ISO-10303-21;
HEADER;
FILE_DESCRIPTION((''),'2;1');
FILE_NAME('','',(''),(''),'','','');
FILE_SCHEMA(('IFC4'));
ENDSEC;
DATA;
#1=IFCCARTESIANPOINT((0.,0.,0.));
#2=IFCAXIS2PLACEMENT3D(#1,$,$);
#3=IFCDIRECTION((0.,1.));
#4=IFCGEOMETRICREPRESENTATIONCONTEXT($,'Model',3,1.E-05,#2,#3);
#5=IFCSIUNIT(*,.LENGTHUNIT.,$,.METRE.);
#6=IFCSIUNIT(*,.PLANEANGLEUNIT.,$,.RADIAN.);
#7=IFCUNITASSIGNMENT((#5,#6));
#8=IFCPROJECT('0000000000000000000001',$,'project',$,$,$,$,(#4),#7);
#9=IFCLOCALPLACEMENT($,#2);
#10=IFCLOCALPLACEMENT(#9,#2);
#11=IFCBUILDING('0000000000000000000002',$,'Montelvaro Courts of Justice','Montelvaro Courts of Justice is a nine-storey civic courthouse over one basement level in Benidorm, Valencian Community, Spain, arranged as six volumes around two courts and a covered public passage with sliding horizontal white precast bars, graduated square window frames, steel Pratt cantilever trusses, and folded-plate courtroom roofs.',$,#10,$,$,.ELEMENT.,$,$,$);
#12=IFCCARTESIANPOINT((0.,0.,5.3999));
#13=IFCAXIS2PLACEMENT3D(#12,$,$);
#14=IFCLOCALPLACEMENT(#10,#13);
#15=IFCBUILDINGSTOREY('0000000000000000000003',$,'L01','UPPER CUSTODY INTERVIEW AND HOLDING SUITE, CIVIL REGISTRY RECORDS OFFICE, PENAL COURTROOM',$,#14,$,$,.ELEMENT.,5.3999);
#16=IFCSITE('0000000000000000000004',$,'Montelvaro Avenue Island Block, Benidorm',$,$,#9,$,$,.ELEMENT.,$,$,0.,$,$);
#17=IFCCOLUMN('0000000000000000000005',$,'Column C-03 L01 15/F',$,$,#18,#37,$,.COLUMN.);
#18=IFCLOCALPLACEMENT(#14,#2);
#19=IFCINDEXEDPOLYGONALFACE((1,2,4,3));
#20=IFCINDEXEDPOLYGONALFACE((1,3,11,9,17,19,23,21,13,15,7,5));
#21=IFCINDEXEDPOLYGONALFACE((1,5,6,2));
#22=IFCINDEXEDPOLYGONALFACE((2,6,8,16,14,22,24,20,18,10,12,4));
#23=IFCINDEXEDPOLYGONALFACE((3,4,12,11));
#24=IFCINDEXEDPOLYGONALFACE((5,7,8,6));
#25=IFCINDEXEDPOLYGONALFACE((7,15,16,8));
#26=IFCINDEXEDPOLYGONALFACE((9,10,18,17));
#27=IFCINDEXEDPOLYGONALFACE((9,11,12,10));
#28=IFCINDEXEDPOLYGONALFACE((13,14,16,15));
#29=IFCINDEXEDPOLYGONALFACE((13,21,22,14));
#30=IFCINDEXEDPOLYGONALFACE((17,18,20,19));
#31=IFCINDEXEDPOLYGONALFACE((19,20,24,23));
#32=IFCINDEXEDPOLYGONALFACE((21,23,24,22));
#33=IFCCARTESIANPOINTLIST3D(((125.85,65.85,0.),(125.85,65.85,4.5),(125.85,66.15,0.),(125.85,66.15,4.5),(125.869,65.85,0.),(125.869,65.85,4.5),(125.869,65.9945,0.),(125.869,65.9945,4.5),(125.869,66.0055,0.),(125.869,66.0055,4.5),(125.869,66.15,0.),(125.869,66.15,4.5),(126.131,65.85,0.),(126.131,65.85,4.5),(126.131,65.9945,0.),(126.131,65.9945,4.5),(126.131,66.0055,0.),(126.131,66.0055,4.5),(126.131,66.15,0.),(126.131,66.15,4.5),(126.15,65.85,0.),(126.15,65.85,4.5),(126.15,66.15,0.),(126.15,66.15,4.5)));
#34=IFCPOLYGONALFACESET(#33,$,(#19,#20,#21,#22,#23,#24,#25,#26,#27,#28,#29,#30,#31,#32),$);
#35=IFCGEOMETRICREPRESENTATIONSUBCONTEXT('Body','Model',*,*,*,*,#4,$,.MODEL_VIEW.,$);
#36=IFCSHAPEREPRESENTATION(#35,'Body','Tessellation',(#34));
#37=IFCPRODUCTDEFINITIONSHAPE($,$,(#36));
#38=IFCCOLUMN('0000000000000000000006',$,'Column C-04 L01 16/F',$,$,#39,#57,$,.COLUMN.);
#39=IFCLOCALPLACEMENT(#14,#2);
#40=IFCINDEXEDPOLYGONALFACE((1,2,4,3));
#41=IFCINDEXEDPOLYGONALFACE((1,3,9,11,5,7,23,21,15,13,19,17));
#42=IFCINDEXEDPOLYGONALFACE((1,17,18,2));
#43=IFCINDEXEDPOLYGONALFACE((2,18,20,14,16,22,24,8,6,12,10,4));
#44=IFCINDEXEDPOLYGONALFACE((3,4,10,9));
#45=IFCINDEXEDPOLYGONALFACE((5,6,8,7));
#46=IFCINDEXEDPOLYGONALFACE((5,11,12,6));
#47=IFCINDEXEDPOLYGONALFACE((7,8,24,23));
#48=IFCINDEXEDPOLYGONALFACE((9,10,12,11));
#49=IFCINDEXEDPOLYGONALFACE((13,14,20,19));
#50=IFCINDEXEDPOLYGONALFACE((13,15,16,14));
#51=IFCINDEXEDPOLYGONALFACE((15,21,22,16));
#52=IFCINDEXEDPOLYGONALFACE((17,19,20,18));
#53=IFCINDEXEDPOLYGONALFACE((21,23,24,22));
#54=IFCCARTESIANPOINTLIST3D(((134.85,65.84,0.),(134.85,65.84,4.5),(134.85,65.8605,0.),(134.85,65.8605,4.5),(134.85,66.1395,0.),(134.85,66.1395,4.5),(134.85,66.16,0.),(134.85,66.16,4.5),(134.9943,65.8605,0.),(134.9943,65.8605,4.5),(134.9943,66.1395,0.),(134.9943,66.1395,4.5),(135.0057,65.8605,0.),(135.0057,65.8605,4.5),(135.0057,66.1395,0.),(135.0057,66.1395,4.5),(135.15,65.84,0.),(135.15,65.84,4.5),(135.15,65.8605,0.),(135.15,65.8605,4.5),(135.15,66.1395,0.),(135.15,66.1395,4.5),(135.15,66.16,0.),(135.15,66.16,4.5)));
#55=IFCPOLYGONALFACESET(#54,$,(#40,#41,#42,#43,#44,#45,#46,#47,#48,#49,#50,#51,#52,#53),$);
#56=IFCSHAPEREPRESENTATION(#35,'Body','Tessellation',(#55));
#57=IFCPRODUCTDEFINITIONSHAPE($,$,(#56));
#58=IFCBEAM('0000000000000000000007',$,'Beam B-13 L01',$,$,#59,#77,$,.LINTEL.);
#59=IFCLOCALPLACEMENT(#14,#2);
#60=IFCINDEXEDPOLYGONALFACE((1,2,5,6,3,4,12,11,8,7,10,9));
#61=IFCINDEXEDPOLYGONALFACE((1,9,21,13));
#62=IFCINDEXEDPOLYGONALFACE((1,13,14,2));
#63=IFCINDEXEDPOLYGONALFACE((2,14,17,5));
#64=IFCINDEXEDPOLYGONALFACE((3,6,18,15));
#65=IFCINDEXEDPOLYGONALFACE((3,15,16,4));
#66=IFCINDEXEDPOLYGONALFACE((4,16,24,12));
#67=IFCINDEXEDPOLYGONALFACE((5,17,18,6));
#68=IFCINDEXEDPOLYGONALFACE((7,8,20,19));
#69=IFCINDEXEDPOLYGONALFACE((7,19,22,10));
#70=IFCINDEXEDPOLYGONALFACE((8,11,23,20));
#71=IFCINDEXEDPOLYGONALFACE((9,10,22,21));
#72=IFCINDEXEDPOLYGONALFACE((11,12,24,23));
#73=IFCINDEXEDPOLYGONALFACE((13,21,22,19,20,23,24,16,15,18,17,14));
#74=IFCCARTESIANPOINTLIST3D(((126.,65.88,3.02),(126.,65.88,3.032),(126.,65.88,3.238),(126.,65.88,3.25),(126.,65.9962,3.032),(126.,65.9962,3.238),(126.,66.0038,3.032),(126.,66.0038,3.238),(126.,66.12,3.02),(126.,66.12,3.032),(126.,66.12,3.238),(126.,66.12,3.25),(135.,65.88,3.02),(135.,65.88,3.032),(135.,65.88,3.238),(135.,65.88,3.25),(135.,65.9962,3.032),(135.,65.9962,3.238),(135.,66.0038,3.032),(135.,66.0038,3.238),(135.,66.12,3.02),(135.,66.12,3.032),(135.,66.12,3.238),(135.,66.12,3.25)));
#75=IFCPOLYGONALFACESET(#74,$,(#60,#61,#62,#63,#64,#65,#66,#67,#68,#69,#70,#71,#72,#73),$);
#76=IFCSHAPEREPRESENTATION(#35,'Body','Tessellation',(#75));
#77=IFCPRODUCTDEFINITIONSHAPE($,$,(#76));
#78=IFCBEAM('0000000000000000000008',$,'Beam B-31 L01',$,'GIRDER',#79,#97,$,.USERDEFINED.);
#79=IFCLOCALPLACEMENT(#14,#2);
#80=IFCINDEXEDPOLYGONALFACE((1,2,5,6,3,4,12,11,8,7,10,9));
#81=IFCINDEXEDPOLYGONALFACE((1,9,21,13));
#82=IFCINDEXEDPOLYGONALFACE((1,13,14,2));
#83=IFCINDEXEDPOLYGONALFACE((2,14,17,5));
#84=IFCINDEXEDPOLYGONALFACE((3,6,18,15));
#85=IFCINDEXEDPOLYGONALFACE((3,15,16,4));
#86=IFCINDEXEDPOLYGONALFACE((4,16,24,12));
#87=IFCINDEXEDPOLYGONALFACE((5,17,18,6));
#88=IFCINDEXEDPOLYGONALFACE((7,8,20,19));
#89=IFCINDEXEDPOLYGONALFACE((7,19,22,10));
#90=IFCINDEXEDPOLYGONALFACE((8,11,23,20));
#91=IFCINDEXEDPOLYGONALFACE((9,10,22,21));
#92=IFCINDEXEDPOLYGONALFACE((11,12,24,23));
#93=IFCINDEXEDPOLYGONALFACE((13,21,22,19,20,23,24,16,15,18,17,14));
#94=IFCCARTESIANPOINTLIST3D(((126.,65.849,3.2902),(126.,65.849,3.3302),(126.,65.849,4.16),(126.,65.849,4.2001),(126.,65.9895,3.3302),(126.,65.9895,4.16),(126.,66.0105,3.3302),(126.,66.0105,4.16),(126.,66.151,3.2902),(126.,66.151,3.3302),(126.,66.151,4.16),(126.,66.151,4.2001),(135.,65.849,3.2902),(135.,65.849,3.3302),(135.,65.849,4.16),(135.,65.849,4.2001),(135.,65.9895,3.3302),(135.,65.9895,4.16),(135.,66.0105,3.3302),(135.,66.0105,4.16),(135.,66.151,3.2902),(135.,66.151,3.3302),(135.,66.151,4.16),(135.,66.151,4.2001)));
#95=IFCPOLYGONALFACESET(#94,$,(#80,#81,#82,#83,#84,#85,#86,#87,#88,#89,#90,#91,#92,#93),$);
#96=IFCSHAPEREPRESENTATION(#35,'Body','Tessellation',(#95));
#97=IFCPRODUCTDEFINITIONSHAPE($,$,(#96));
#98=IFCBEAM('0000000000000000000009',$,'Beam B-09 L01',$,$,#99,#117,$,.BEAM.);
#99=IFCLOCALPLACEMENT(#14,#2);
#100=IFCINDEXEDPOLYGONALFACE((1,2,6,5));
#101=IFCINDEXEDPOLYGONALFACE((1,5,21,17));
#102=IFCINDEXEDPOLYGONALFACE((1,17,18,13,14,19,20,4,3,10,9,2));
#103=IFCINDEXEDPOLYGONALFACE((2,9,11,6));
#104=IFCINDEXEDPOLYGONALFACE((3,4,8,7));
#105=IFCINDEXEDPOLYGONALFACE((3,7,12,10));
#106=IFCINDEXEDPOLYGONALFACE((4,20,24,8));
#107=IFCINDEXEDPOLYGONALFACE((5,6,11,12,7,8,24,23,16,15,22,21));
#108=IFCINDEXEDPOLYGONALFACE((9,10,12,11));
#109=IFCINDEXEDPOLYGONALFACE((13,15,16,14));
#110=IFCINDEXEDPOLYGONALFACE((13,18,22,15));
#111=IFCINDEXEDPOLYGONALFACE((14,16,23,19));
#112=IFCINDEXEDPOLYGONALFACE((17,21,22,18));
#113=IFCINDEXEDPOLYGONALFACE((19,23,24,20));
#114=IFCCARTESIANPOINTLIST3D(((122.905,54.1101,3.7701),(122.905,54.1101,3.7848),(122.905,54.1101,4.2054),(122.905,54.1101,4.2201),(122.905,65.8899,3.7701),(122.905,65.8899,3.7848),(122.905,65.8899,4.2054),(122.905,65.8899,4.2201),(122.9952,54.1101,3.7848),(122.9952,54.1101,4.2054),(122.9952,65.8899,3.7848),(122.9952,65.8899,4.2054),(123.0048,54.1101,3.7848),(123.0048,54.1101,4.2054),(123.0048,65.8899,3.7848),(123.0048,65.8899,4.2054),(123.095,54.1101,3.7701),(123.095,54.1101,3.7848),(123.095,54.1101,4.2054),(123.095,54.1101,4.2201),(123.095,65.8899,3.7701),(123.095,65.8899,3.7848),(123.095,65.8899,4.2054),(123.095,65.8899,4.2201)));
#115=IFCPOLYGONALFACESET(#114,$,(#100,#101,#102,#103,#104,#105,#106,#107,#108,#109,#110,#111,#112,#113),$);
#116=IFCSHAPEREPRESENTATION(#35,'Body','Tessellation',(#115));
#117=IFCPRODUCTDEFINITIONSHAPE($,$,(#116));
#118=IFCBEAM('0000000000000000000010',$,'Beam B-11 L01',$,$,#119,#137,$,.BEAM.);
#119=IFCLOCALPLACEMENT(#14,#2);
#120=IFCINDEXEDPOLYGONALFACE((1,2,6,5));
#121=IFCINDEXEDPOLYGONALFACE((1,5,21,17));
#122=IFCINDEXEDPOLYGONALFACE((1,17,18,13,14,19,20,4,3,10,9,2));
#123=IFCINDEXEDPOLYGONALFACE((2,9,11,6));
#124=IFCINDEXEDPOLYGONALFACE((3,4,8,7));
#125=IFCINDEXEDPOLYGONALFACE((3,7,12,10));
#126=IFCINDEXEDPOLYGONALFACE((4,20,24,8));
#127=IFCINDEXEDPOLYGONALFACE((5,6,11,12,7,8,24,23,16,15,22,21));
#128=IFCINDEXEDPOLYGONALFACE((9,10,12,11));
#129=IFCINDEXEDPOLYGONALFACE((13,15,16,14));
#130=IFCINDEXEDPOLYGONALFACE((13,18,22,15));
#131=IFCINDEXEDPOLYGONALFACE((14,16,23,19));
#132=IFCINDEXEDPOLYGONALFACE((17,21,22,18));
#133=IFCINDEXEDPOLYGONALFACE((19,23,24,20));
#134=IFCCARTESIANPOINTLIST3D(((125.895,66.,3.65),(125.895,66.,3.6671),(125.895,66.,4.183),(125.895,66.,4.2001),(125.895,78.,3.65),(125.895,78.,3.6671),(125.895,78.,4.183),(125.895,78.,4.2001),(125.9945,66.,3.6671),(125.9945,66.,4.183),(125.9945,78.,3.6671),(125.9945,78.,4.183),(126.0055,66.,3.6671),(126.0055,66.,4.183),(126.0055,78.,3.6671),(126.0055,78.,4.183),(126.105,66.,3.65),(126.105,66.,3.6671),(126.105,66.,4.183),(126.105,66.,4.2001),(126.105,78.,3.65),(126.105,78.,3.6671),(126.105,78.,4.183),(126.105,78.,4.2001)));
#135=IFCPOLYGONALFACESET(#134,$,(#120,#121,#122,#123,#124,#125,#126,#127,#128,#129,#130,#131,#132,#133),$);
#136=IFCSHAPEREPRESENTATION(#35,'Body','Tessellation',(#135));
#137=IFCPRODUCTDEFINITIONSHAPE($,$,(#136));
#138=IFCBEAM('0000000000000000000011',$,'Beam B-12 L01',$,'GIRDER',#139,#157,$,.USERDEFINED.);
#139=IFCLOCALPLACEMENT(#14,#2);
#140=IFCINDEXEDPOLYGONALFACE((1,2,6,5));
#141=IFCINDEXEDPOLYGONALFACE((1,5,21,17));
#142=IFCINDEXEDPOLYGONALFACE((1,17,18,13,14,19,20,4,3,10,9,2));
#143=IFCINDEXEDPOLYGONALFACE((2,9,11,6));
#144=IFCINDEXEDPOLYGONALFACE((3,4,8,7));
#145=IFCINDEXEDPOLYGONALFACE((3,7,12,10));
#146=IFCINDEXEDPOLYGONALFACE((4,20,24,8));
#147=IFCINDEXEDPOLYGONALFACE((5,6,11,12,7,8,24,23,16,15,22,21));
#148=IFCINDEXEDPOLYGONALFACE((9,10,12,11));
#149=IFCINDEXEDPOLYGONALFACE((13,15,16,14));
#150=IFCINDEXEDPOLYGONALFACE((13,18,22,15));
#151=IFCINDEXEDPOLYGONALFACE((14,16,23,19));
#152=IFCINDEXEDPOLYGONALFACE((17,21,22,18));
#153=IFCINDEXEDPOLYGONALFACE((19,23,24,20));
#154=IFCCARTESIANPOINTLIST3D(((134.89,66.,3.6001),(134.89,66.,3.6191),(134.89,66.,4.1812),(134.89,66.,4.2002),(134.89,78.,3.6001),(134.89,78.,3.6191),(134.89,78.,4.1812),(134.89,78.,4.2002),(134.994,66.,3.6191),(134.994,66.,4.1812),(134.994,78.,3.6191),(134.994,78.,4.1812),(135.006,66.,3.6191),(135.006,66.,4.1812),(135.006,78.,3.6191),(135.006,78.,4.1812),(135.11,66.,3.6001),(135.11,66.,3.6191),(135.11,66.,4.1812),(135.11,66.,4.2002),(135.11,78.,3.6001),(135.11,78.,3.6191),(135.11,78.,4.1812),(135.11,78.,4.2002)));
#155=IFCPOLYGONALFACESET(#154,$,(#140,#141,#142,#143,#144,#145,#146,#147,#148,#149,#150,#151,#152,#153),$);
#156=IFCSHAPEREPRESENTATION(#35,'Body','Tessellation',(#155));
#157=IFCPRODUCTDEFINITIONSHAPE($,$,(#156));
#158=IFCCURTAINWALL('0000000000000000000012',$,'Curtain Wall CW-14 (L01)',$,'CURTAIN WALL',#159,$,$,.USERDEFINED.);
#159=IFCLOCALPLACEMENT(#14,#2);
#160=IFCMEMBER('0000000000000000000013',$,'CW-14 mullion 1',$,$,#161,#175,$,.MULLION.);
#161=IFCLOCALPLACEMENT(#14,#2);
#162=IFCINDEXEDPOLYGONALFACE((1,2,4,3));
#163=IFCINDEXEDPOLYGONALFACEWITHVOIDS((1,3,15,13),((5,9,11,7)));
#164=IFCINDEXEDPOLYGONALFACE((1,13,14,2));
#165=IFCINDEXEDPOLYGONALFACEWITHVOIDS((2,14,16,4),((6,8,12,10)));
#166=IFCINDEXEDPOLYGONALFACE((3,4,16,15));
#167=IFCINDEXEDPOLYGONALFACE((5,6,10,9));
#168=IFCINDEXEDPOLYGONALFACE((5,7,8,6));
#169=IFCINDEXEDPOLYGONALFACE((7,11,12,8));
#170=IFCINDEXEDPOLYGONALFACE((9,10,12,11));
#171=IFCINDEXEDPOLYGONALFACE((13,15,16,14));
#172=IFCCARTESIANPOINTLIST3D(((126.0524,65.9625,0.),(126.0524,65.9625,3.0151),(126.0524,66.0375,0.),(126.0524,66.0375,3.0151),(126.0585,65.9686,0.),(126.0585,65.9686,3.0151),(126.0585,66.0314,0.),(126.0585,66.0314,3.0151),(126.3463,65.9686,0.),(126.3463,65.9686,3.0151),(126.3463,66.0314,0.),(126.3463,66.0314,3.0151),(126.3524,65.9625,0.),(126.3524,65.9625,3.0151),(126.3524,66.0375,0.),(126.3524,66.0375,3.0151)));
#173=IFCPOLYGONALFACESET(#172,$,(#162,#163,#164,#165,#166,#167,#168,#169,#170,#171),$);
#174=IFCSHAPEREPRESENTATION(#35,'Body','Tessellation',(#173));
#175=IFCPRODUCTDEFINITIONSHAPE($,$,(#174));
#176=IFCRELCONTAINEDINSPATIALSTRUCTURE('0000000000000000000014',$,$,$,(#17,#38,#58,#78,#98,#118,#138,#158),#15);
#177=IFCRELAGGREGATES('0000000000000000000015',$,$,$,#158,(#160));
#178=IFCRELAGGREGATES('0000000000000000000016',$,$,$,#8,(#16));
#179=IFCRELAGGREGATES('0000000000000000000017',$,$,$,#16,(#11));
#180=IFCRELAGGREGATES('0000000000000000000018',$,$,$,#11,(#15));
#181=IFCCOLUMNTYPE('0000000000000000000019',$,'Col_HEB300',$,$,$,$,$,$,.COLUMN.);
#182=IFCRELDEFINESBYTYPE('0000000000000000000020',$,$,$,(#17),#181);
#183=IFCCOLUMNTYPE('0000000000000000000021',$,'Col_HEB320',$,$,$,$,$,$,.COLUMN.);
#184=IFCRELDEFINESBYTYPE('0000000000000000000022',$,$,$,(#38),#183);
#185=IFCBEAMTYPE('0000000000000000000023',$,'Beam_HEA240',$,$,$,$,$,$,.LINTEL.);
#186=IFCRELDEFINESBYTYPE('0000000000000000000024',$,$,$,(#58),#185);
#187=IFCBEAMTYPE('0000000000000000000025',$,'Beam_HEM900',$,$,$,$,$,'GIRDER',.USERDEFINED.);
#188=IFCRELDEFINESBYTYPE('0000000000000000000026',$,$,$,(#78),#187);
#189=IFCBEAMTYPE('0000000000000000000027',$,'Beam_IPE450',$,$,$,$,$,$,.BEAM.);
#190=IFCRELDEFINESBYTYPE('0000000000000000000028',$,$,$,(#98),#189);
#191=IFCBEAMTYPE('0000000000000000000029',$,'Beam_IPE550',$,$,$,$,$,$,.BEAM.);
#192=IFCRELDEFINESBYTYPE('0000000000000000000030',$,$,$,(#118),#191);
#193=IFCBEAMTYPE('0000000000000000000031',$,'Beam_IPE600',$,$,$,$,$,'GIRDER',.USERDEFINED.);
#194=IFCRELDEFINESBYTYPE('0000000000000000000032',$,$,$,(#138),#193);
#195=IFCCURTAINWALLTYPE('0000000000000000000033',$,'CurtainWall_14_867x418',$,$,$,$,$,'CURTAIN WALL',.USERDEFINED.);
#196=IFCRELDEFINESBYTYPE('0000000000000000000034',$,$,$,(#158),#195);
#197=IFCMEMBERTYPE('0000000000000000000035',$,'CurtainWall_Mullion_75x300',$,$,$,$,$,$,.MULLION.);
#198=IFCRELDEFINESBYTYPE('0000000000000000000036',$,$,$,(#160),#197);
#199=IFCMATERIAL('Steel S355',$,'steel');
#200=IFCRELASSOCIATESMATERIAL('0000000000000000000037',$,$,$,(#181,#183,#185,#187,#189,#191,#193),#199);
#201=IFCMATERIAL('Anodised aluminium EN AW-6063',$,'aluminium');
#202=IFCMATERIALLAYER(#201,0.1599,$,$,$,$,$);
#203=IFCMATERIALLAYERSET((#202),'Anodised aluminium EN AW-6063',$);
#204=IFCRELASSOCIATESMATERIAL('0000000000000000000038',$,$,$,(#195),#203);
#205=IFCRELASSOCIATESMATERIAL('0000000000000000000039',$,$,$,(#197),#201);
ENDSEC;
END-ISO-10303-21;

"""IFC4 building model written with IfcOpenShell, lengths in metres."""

from ifc_helpers import new_model, si_unit, direction, frame, origin, origin_2d, place, context, subcontext, project, spatial, hollow_rectangle, i_section, extrude, material, layer, layer_set, material_profile, profile_set, type_object, element, aggregate, save


model = new_model("IFC4")

# Units and contexts
model_context = context("Model", 3, precision=1e-05, world=origin(), true_north=direction((0.0, 1.0)))
body_context = subcontext(model_context, "Body", "Model", "MODEL_VIEW")
ifc_project = project(units=[si_unit("LENGTHUNIT", "METRE"), si_unit("PLANEANGLEUNIT", "RADIAN")], contexts=[model_context])

# Site, building, storey
site_placement = place(None, origin())
site = spatial("IfcSite", under=ifc_project, at=site_placement, Name="Montelvaro Avenue Island Block, Benidorm", CompositionType="ELEMENT", RefElevation=0.0)
building_placement = place(site_placement, origin())
building = spatial("IfcBuilding", under=site, at=building_placement, Name="Montelvaro Courts of Justice", Description="Montelvaro Courts of Justice is a nine-storey civic courthouse over one basement level in Benidorm, Valencian Community, Spain, arranged as six volumes around two courts and a covered public passage with sliding horizontal white precast bars, graduated square window frames, steel Pratt cantilever trusses, and folded-plate courtroom roofs.", CompositionType="ELEMENT")
storey_placement = place(building_placement, frame((0.0, 0.0, 5.3999)))
storey = spatial("IfcBuildingStorey", under=building, at=storey_placement, Name="L01", Description="UPPER CUSTODY INTERVIEW AND HOLDING SUITE, CIVIL REGISTRY RECORDS OFFICE, PENAL COURTROOM", CompositionType="ELEMENT", Elevation=5.3999)

# Columns
ifc_material_1 = material(Name="Steel S355", Category="steel")
ifc_material_profile_1 = material_profile(ifc_material_1, i_section(OverallWidth=0.3, OverallDepth=0.3, WebThickness=0.011, FlangeThickness=0.019, at=origin_2d()), Name="HEB 300")
ifc_profile_set_1 = profile_set([ifc_material_profile_1], Name="Steel S355")
column_type_1 = type_object("IfcColumnType", Name="Col_HEB300", PredefinedType="COLUMN", material=ifc_profile_set_1)
column_1_placement = place(storey_placement, frame((126.0, 66.0, 0.0), z_axis=(0.0, 0.0, 1.0), x_axis=(0.0, 1.0, 0.0)))
element("IfcColumn", 1, at=column_1_placement, inside=storey, type_object=column_type_1, Name="Column C-03 L01 15/F", PredefinedType="COLUMN", context=body_context, shape_type="SweptSolid", body=[
    extrude(i_section(OverallWidth=0.3, OverallDepth=0.3, WebThickness=0.011, FlangeThickness=0.019, at=origin_2d()), origin(), (0.0, 0.0, 1.0), 4.5),
])
ifc_material_profile_2 = material_profile(ifc_material_1, i_section(OverallWidth=0.3, OverallDepth=0.3201, WebThickness=0.0115, FlangeThickness=0.0205, at=origin_2d()), Name="HEB 320")
ifc_profile_set_2 = profile_set([ifc_material_profile_2], Name="Steel S355")
column_type_2 = type_object("IfcColumnType", Name="Col_HEB320", PredefinedType="COLUMN", material=ifc_profile_set_2)
column_2_placement = place(storey_placement, frame((135.0, 66.0, 0.0), z_axis=(0.0, 0.0, 1.0), x_axis=(1.0, 0.0, 0.0)))
element("IfcColumn", 2, at=column_2_placement, inside=storey, type_object=column_type_2, Name="Column C-04 L01 16/F", PredefinedType="COLUMN", context=body_context, shape_type="SweptSolid", body=[
    extrude(i_section(OverallWidth=0.3, OverallDepth=0.3201, WebThickness=0.0115, FlangeThickness=0.0205, at=origin_2d()), origin(), (0.0, 0.0, 1.0), 4.5),
])

# Beams
ifc_material_profile_3 = material_profile(ifc_material_1, i_section(OverallWidth=0.24, OverallDepth=0.23, WebThickness=0.0076, FlangeThickness=0.012, at=origin_2d()), Name="HEA 240")
ifc_profile_set_3 = profile_set([ifc_material_profile_3], Name="Steel S355")
beam_type_1 = type_object("IfcBeamType", Name="Beam_HEA240", PredefinedType="LINTEL", material=ifc_profile_set_3)
beam_1_placement = place(storey_placement, frame((126.0, 66.0, 3.135), z_axis=(1.0, 0.0, 0.0), x_axis=(0.0, 1.0, 0.0)))
element("IfcBeam", 3, at=beam_1_placement, inside=storey, type_object=beam_type_1, Name="Beam B-13 L01", PredefinedType="LINTEL", context=body_context, shape_type="SweptSolid", body=[
    extrude(i_section(OverallWidth=0.24, OverallDepth=0.23, WebThickness=0.0076, FlangeThickness=0.012, at=origin_2d()), origin(), (0.0, 0.0, 1.0), 9.0),
])
ifc_material_profile_4 = material_profile(ifc_material_1, i_section(OverallWidth=0.302, OverallDepth=0.9099, WebThickness=0.021, FlangeThickness=0.04, at=origin_2d()), Name="HEM 900")
ifc_profile_set_4 = profile_set([ifc_material_profile_4], Name="Steel S355")
beam_type_2 = type_object("IfcBeamType", Name="Beam_HEM900", ElementType="GIRDER", PredefinedType="USERDEFINED", material=ifc_profile_set_4)
beam_2_placement = place(storey_placement, frame((126.0, 66.0, 3.7451), z_axis=(1.0, 0.0, 0.0), x_axis=(0.0, 1.0, 0.0)))
element("IfcBeam", 4, at=beam_2_placement, inside=storey, type_object=beam_type_2, Name="Beam B-31 L01", ObjectType="GIRDER", PredefinedType="USERDEFINED", context=body_context, shape_type="SweptSolid", body=[
    extrude(i_section(OverallWidth=0.302, OverallDepth=0.9099, WebThickness=0.021, FlangeThickness=0.04, at=origin_2d()), origin(), (0.0, 0.0, 1.0), 9.0),
])
ifc_material_profile_5 = material_profile(ifc_material_1, i_section(OverallWidth=0.1899, OverallDepth=0.45, WebThickness=0.0095, FlangeThickness=0.0146, at=origin_2d()), Name="IPE 450")
ifc_profile_set_5 = profile_set([ifc_material_profile_5], Name="Steel S355")
beam_type_3 = type_object("IfcBeamType", Name="Beam_IPE450", PredefinedType="BEAM", material=ifc_profile_set_5)
beam_3_placement = place(storey_placement, frame((123.0, 54.1101, 3.9951), z_axis=(0.0, 1.0, 0.0), x_axis=(-1.0, 0.0, 0.0)))
element("IfcBeam", 5, at=beam_3_placement, inside=storey, type_object=beam_type_3, Name="Beam B-09 L01", PredefinedType="BEAM", context=body_context, shape_type="SweptSolid", body=[
    extrude(i_section(OverallWidth=0.1899, OverallDepth=0.45, WebThickness=0.0095, FlangeThickness=0.0146, at=origin_2d()), origin(), (0.0, 0.0, 1.0), 11.7798),
])
ifc_material_profile_6 = material_profile(ifc_material_1, i_section(OverallWidth=0.21, OverallDepth=0.55, WebThickness=0.011, FlangeThickness=0.0171, at=origin_2d()), Name="IPE 550")
ifc_profile_set_6 = profile_set([ifc_material_profile_6], Name="Steel S355")
beam_type_4 = type_object("IfcBeamType", Name="Beam_IPE550", PredefinedType="BEAM", material=ifc_profile_set_6)
beam_4_placement = place(storey_placement, frame((126.0, 66.0, 3.925), z_axis=(0.0, 1.0, 0.0), x_axis=(-1.0, 0.0, 0.0)))
element("IfcBeam", 6, at=beam_4_placement, inside=storey, type_object=beam_type_4, Name="Beam B-11 L01", PredefinedType="BEAM", context=body_context, shape_type="SweptSolid", body=[
    extrude(i_section(OverallWidth=0.21, OverallDepth=0.55, WebThickness=0.011, FlangeThickness=0.0171, at=origin_2d()), origin(), (0.0, 0.0, 1.0), 12.0),
])
ifc_material_profile_7 = material_profile(ifc_material_1, i_section(OverallWidth=0.22, OverallDepth=0.6001, WebThickness=0.012, FlangeThickness=0.019, at=origin_2d()), Name="IPE 600")
ifc_profile_set_7 = profile_set([ifc_material_profile_7], Name="Steel S355")
beam_type_5 = type_object("IfcBeamType", Name="Beam_IPE600", ElementType="GIRDER", PredefinedType="USERDEFINED", material=ifc_profile_set_7)
beam_5_placement = place(storey_placement, frame((135.0, 66.0, 3.9001), z_axis=(0.0, 1.0, 0.0), x_axis=(-1.0, 0.0, 0.0)))
element("IfcBeam", 7, at=beam_5_placement, inside=storey, type_object=beam_type_5, Name="Beam B-12 L01", ObjectType="GIRDER", PredefinedType="USERDEFINED", context=body_context, shape_type="SweptSolid", body=[
    extrude(i_section(OverallWidth=0.22, OverallDepth=0.6001, WebThickness=0.012, FlangeThickness=0.019, at=origin_2d()), origin(), (0.0, 0.0, 1.0), 12.0),
])

# Curtain wall, member
ifc_material_2 = material(Name="Anodised aluminium EN AW-6063", Category="aluminium")
ifc_layer_1 = layer(ifc_material_2, 0.1599)
ifc_layer_set_1 = layer_set([ifc_layer_1], Name="Anodised aluminium EN AW-6063")
curtain_wall_type = type_object("IfcCurtainWallType", Name="CurtainWall_14_867x418", ElementType="CURTAIN WALL", PredefinedType="USERDEFINED", material=ifc_layer_set_1)
curtain_wall_placement = place(storey_placement, origin())
curtain_wall = element("IfcCurtainWall", 8, at=curtain_wall_placement, inside=storey, type_object=curtain_wall_type, Name="Curtain Wall CW-14 (L01)", ObjectType="CURTAIN WALL", PredefinedType="USERDEFINED")
ifc_material_profile_8 = material_profile(ifc_material_2, hollow_rectangle(XDim=0.075, YDim=0.3, WallThickness=0.0061, at=origin_2d()), Name="ALU-M 75x300")
ifc_profile_set_8 = profile_set([ifc_material_profile_8], Name="Anodised aluminium EN AW-6063")
member_type_1 = type_object("IfcMemberType", Name="CurtainWall_Mullion_75x300", PredefinedType="MULLION", material=ifc_profile_set_8)
member_1_placement = place(storey_placement, frame((126.2024, 66.0, 0.0), z_axis=(0.0, 0.0, 1.0), x_axis=(0.0, 1.0, 0.0)))
member_1 = element("IfcMember", 9, at=member_1_placement, type_object=member_type_1, Name="CW-14 mullion 1", PredefinedType="MULLION", context=body_context, shape_type="SweptSolid", body=[
    extrude(hollow_rectangle(XDim=0.075, YDim=0.3, WallThickness=0.0061, at=origin_2d()), origin(), (0.0, 0.0, 1.0), 3.0151),
])

aggregate(curtain_wall, [member_1])

save(model, "model.ifc")
